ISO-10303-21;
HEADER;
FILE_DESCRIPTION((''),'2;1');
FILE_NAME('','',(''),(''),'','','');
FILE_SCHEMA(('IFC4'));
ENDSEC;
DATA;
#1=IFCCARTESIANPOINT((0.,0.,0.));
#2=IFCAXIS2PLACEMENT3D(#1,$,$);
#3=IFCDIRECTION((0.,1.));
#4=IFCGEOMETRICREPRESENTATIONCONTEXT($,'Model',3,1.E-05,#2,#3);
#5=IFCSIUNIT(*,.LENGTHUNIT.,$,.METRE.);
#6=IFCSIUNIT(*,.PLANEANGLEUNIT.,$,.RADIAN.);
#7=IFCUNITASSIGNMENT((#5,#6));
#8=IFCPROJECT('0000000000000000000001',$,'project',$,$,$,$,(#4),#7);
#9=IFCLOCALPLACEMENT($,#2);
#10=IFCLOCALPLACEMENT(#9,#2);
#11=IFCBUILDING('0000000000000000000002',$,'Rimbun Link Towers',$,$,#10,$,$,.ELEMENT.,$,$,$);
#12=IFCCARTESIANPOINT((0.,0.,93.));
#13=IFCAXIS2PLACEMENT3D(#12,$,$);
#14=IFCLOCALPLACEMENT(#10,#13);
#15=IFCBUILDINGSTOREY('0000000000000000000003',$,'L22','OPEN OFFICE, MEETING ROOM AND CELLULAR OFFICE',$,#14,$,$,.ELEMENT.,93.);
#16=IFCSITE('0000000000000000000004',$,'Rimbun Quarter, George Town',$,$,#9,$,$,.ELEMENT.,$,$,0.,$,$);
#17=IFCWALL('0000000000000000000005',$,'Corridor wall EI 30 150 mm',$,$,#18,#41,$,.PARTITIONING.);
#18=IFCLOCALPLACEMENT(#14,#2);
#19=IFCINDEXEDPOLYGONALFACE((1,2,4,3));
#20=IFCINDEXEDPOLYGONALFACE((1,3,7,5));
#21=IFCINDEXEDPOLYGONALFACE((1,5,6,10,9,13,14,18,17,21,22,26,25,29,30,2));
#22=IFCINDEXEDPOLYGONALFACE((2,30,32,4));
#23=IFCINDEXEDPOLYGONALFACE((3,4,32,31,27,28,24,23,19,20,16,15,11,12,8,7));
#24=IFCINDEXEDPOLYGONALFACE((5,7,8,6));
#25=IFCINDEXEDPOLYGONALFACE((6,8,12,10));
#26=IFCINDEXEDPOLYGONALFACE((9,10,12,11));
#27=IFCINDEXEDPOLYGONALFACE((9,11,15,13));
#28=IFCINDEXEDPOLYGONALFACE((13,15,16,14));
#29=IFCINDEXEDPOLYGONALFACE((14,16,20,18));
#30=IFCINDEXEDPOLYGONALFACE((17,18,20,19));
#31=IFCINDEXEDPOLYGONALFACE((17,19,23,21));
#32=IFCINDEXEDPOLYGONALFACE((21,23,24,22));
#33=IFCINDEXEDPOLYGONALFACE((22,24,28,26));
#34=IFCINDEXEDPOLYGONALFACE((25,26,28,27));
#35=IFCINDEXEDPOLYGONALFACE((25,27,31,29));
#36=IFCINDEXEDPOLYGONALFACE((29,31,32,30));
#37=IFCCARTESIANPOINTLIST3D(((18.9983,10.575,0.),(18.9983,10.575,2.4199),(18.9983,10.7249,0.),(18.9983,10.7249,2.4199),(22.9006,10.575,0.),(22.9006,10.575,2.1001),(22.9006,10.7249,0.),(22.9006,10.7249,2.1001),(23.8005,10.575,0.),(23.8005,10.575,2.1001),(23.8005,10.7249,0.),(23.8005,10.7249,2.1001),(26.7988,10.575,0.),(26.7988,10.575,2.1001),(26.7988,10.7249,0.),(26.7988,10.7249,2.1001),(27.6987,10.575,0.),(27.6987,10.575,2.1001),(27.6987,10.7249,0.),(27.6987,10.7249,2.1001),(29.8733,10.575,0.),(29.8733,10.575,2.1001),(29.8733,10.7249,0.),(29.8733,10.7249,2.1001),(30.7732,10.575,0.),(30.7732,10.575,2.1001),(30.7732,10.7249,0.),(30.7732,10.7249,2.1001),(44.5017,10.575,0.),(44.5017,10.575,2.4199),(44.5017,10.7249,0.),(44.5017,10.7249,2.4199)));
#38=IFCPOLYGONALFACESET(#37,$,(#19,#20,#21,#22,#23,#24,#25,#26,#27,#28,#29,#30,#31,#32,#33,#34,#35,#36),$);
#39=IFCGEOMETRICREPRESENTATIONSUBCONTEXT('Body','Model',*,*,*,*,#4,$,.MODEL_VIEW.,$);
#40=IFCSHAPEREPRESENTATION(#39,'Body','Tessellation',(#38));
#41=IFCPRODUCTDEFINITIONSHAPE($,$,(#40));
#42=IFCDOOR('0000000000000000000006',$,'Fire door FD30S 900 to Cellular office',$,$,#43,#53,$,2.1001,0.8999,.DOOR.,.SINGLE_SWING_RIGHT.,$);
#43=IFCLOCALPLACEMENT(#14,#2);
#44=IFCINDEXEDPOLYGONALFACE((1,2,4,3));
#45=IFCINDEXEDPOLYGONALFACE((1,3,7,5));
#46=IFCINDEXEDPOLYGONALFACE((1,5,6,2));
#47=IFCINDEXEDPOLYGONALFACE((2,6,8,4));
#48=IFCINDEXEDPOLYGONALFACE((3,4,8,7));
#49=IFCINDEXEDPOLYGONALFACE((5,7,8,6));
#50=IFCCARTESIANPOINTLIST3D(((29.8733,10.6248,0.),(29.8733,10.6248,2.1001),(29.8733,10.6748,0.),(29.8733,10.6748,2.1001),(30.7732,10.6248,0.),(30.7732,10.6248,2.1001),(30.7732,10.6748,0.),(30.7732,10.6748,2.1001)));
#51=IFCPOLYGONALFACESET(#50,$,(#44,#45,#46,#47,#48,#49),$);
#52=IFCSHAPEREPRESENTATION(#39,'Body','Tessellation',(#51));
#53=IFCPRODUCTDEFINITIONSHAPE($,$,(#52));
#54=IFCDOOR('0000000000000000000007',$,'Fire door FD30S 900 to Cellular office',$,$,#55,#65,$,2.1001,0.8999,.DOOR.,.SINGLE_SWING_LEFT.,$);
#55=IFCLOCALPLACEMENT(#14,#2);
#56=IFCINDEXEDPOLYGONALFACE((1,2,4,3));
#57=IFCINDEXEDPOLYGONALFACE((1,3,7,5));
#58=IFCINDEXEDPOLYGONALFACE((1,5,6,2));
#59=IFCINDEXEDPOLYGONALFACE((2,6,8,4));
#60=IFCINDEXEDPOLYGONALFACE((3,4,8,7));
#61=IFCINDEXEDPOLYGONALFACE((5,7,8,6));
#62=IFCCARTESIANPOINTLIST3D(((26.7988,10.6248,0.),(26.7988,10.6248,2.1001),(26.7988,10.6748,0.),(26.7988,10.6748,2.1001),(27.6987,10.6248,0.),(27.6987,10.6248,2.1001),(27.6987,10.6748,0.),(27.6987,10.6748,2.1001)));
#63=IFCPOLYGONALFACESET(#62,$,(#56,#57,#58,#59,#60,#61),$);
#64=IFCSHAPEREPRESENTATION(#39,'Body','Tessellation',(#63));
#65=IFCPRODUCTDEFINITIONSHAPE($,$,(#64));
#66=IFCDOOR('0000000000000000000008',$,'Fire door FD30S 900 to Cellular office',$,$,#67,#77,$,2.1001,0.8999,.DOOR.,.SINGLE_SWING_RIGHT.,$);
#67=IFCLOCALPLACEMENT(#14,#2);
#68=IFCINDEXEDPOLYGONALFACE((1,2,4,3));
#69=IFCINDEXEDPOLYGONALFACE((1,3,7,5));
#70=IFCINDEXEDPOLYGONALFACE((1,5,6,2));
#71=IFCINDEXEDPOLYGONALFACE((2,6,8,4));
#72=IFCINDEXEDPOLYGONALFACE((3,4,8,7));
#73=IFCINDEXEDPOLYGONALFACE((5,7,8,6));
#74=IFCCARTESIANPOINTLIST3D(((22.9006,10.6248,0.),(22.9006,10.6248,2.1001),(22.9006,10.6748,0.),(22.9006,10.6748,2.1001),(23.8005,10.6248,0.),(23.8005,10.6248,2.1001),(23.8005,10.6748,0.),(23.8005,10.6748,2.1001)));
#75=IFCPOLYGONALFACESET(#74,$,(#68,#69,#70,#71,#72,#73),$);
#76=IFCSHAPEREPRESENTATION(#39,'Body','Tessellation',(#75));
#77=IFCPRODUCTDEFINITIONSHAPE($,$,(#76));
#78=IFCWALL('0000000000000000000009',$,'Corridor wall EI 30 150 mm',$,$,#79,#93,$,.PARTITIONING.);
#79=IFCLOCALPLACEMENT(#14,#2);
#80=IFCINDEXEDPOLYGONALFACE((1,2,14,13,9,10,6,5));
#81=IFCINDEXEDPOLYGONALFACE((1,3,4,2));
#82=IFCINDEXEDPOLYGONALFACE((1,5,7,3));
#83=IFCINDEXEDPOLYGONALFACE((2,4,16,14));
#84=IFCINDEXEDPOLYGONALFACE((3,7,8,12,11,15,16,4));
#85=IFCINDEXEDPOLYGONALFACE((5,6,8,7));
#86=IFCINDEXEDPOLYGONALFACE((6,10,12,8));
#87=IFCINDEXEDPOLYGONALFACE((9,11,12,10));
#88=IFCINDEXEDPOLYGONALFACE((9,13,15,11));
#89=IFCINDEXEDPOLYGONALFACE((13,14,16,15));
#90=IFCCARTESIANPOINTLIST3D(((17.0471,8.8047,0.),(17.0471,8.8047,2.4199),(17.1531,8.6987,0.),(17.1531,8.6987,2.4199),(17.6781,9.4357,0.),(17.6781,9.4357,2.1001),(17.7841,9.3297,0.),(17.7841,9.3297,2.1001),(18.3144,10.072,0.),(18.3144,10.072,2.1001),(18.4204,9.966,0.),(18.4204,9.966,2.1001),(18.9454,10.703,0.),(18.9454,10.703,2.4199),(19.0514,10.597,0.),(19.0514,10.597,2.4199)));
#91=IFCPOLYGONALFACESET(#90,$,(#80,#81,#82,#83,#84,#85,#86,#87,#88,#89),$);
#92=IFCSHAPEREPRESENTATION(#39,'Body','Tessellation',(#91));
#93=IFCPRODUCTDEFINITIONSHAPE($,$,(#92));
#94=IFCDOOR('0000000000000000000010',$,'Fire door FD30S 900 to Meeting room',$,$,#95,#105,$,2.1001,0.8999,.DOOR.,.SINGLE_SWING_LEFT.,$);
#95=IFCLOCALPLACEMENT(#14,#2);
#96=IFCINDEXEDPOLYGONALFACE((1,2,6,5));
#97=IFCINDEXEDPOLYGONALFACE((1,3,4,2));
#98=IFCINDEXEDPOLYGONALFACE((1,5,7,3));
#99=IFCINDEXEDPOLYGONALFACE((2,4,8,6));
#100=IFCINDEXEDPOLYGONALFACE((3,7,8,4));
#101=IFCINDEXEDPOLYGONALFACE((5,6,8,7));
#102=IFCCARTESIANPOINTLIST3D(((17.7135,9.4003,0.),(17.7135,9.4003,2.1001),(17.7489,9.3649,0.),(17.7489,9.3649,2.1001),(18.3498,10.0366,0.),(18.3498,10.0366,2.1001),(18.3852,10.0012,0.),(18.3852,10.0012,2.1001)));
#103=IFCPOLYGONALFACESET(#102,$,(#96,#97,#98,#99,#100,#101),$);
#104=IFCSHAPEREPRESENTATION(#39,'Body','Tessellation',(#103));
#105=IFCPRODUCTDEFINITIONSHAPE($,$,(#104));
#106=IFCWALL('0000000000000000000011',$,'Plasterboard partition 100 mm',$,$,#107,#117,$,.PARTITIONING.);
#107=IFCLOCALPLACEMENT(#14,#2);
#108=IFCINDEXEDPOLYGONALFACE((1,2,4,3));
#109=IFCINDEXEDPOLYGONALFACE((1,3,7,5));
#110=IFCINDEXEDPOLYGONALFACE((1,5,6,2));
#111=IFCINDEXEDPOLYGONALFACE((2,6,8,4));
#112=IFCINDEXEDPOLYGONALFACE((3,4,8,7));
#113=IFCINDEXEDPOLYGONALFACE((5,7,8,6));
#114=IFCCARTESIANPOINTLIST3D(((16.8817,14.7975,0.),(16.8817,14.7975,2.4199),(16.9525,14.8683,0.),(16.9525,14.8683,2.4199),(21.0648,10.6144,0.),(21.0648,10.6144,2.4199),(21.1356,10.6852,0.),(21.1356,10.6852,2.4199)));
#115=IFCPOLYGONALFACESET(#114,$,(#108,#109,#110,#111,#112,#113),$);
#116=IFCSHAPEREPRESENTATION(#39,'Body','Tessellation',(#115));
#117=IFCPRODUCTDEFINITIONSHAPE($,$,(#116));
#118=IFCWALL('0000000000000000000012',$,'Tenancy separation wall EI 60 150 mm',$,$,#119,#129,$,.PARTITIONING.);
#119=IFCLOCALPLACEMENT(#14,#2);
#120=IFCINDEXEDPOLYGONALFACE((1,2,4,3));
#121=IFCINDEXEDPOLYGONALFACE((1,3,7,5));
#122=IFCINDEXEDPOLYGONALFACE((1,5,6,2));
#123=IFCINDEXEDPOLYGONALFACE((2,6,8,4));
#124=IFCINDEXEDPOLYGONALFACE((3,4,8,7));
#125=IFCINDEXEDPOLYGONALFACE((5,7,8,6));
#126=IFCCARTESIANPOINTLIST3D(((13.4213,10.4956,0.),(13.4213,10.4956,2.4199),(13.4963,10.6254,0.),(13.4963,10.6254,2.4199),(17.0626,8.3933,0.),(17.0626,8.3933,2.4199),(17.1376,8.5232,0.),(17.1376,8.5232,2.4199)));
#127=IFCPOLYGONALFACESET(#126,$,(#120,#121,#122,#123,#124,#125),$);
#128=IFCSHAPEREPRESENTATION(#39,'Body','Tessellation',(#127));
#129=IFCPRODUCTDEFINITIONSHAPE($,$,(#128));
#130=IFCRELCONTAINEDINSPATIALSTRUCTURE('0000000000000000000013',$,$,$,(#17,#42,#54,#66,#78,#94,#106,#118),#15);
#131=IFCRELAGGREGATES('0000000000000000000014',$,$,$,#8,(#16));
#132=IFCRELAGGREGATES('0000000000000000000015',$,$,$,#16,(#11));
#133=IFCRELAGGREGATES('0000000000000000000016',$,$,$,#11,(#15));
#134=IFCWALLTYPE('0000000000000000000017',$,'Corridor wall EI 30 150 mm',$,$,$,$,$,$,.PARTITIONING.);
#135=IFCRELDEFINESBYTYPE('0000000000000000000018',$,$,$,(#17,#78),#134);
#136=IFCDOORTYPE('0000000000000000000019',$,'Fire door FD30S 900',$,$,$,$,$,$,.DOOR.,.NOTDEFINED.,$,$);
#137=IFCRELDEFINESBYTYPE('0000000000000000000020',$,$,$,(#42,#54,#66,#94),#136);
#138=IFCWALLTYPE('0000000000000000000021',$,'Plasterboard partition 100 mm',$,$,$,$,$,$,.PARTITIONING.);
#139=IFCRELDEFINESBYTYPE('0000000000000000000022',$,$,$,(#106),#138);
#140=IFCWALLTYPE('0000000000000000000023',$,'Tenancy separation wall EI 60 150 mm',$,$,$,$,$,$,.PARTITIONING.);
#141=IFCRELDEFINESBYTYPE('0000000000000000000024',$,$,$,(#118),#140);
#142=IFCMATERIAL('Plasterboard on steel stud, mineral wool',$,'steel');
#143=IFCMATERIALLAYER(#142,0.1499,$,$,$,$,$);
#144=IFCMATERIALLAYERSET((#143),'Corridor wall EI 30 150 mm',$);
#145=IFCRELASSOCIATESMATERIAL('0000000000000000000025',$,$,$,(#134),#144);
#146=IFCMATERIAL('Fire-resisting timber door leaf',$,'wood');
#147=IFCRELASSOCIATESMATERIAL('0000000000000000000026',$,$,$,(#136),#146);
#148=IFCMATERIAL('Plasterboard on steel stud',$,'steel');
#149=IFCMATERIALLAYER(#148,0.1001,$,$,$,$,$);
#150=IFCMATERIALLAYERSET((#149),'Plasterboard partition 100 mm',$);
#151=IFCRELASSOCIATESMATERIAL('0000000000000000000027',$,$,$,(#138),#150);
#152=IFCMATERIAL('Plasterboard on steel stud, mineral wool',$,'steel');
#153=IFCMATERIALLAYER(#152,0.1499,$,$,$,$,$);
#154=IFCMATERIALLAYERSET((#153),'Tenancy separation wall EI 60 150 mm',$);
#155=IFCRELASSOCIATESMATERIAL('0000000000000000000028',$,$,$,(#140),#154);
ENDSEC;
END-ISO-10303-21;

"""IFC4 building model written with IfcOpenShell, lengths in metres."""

from ifc_helpers import new_model, si_unit, direction, frame, frame_2d, origin, place, context, subcontext, project, spatial, rectangle, extrude, material, layer, layer_set, type_object, element, fill, save


model = new_model("IFC4")

# Units and contexts
model_context = context("Model", 3, precision=1e-05, world=origin(), true_north=direction((0.0, 1.0)))
body_context = subcontext(model_context, "Body", "Model", "MODEL_VIEW")
ifc_project = project(units=[si_unit("LENGTHUNIT", "METRE"), si_unit("PLANEANGLEUNIT", "RADIAN")], contexts=[model_context])

# Site, building, storey
site_placement = place(None, origin())
site = spatial("IfcSite", under=ifc_project, at=site_placement, Name="Rimbun Quarter, George Town", CompositionType="ELEMENT", RefElevation=0.0)
building_placement = place(site_placement, origin())
building = spatial("IfcBuilding", under=site, at=building_placement, Name="Rimbun Link Towers", CompositionType="ELEMENT")
storey_placement = place(building_placement, frame((0.0, 0.0, 93.0)))
storey = spatial("IfcBuildingStorey", under=building, at=storey_placement, Name="L22", Description="OPEN OFFICE, MEETING ROOM AND CELLULAR OFFICE", CompositionType="ELEMENT", Elevation=93.0)

# Wall, openings, doors
ifc_material_1 = material(Name="Plasterboard on steel stud, mineral wool", Category="steel")
ifc_layer_1 = layer(ifc_material_1, 0.1499)
ifc_layer_set_1 = layer_set([ifc_layer_1], Name="Corridor wall EI 30 150 mm")
wall_type_1 = type_object("IfcWallType", Name="Corridor wall EI 30 150 mm", PredefinedType="PARTITIONING", material=ifc_layer_set_1)
wall_1_placement = place(storey_placement, frame((18.9983, 10.6499, 0.0), z_axis=(0.0, 0.0, 1.0), x_axis=(1.0, 0.0, 0.0)))
wall_1 = element("IfcWall", 1, at=wall_1_placement, inside=storey, type_object=wall_type_1, Name="Corridor wall EI 30 150 mm", PredefinedType="PARTITIONING", context=body_context, shape_type="SweptSolid", body=[
    extrude(rectangle(XDim=25.5034, YDim=0.1499, at=frame_2d((12.7517, 0.0))), origin(), (0.0, 0.0, 1.0), 2.4199),
])
opening_1_placement = place(wall_1_placement, frame((10.875, 0.0, 0.0)))
opening_1 = element("IfcOpeningElement", 2, at=opening_1_placement, cuts=wall_1, PredefinedType="OPENING", context=body_context, shape_type="SweptSolid", body=[
    extrude(rectangle(XDim=0.8999, YDim=2.1001, at=frame_2d((0.45, 1.05))), frame((0.0, 0.085, 0.0), z_axis=(0.0, -1.0, 0.0), x_axis=(1.0, 0.0, 0.0)), (0.0, 0.0, 1.0), 0.1699),
])
opening_2_placement = place(wall_1_placement, frame((7.8005, 0.0, 0.0)))
opening_2 = element("IfcOpeningElement", 3, at=opening_2_placement, cuts=wall_1, PredefinedType="OPENING", context=body_context, shape_type="SweptSolid", body=[
    extrude(rectangle(XDim=0.8999, YDim=2.1001, at=frame_2d((0.45, 1.05))), frame((0.0, 0.085, 0.0), z_axis=(0.0, -1.0, 0.0), x_axis=(1.0, 0.0, 0.0)), (0.0, 0.0, 1.0), 0.1699),
])
opening_3_placement = place(wall_1_placement, frame((3.9023, 0.0, 0.0)))
opening_3 = element("IfcOpeningElement", 4, at=opening_3_placement, cuts=wall_1, PredefinedType="OPENING", context=body_context, shape_type="SweptSolid", body=[
    extrude(rectangle(XDim=0.8999, YDim=2.1001, at=frame_2d((0.45, 1.05))), frame((0.0, 0.085, 0.0), z_axis=(0.0, -1.0, 0.0), x_axis=(1.0, 0.0, 0.0)), (0.0, 0.0, 1.0), 0.1699),
])
ifc_material_2 = material(Name="Fire-resisting timber door leaf", Category="wood")
door_type = type_object("IfcDoorType", Name="Fire door FD30S 900", OperationType="NOTDEFINED", PredefinedType="DOOR", material=ifc_material_2)
door_1_placement = place(opening_1_placement, origin())
door_1 = element("IfcDoor", 5, at=door_1_placement, inside=storey, type_object=door_type, Name="Fire door FD30S 900 to Cellular office", OperationType="SINGLE_SWING_RIGHT", OverallHeight=2.1001, OverallWidth=0.8999, PredefinedType="DOOR", context=body_context, shape_type="SweptSolid", body=[
    extrude(rectangle(XDim=0.8999, YDim=2.1001, at=frame_2d((0.45, 1.05))), frame((0.0, 0.0249, 0.0), z_axis=(0.0, -1.0, 0.0), x_axis=(1.0, 0.0, 0.0)), (0.0, 0.0, 1.0), 0.05),
])
fill(opening_1, door_1)
door_2_placement = place(opening_2_placement, origin())
door_2 = element("IfcDoor", 6, at=door_2_placement, inside=storey, type_object=door_type, Name="Fire door FD30S 900 to Cellular office", OperationType="SINGLE_SWING_LEFT", OverallHeight=2.1001, OverallWidth=0.8999, PredefinedType="DOOR", context=body_context, shape_type="SweptSolid", body=[
    extrude(rectangle(XDim=0.8999, YDim=2.1001, at=frame_2d((0.45, 1.05))), frame((0.0, 0.0249, 0.0), z_axis=(0.0, -1.0, 0.0), x_axis=(1.0, 0.0, 0.0)), (0.0, 0.0, 1.0), 0.05),
])
fill(opening_2, door_2)
door_3_placement = place(opening_3_placement, origin())
door_3 = element("IfcDoor", 7, at=door_3_placement, inside=storey, type_object=door_type, Name="Fire door FD30S 900 to Cellular office", OperationType="SINGLE_SWING_RIGHT", OverallHeight=2.1001, OverallWidth=0.8999, PredefinedType="DOOR", context=body_context, shape_type="SweptSolid", body=[
    extrude(rectangle(XDim=0.8999, YDim=2.1001, at=frame_2d((0.45, 1.05))), frame((0.0, 0.0249, 0.0), z_axis=(0.0, -1.0, 0.0), x_axis=(1.0, 0.0, 0.0)), (0.0, 0.0, 1.0), 0.05),
])
fill(opening_3, door_3)

# Wall, opening, door
wall_2_placement = place(storey_placement, frame((17.1001, 8.7517, 0.0), z_axis=(0.0, 0.0, 1.0), x_axis=(0.707107, 0.707107, 0.0)))
wall_2 = element("IfcWall", 8, at=wall_2_placement, inside=storey, type_object=wall_type_1, Name="Corridor wall EI 30 150 mm", PredefinedType="PARTITIONING", context=body_context, shape_type="SweptSolid", body=[
    extrude(rectangle(XDim=2.6846, YDim=0.1499, at=frame_2d((1.3423, 0.0))), origin(), (0.0, 0.0, 1.0), 2.4199),
])
opening_4_placement = place(wall_2_placement, frame((0.8923, 0.0, 0.0)))
opening_4 = element("IfcOpeningElement", 9, at=opening_4_placement, cuts=wall_2, PredefinedType="OPENING", context=body_context, shape_type="SweptSolid", body=[
    extrude(rectangle(XDim=0.8999, YDim=2.1001, at=frame_2d((0.45, 1.05))), frame((0.0, 0.085, 0.0), z_axis=(0.0, -1.0, 0.0), x_axis=(1.0, 0.0, 0.0)), (0.0, 0.0, 1.0), 0.1699),
])
door_4_placement = place(opening_4_placement, origin())
door_4 = element("IfcDoor", 10, at=door_4_placement, inside=storey, type_object=door_type, Name="Fire door FD30S 900 to Meeting room", OperationType="SINGLE_SWING_LEFT", OverallHeight=2.1001, OverallWidth=0.8999, PredefinedType="DOOR", context=body_context, shape_type="SweptSolid", body=[
    extrude(rectangle(XDim=0.8999, YDim=2.1001, at=frame_2d((0.45, 1.05))), frame((0.0, 0.0249, 0.0), z_axis=(0.0, -1.0, 0.0), x_axis=(1.0, 0.0, 0.0)), (0.0, 0.0, 1.0), 0.05),
])
fill(opening_4, door_4)

# Walls
ifc_material_3 = material(Name="Plasterboard on steel stud", Category="steel")
ifc_layer_2 = layer(ifc_material_3, 0.1001)
ifc_layer_set_2 = layer_set([ifc_layer_2], Name="Plasterboard partition 100 mm")
wall_type_2 = type_object("IfcWallType", Name="Plasterboard partition 100 mm", PredefinedType="PARTITIONING", material=ifc_layer_set_2)
wall_3_placement = place(storey_placement, frame((16.917, 14.833, 0.0), z_axis=(0.0, 0.0, 1.0), x_axis=(0.707107, -0.707107, 0.0)))
element("IfcWall", 11, at=wall_3_placement, inside=storey, type_object=wall_type_2, Name="Plasterboard partition 100 mm", PredefinedType="PARTITIONING", context=body_context, shape_type="SweptSolid", body=[
    extrude(rectangle(XDim=5.9158, YDim=0.1001, at=frame_2d((2.958, 0.0))), origin(), (0.0, 0.0, 1.0), 2.4199),
])
ifc_material_4 = material(Name="Plasterboard on steel stud, mineral wool", Category="steel")
ifc_layer_3 = layer(ifc_material_4, 0.1499)
ifc_layer_set_3 = layer_set([ifc_layer_3], Name="Tenancy separation wall EI 60 150 mm")
wall_type_3 = type_object("IfcWallType", Name="Tenancy separation wall EI 60 150 mm", PredefinedType="PARTITIONING", material=ifc_layer_set_3)
wall_4_placement = place(storey_placement, frame((17.1001, 8.4583, 0.0), z_axis=(0.0, 0.0, 1.0), x_axis=(-0.86603, 0.499992, 0.0)))
element("IfcWall", 12, at=wall_4_placement, inside=storey, type_object=wall_type_3, Name="Tenancy separation wall EI 60 150 mm", PredefinedType="PARTITIONING", context=body_context, shape_type="SweptSolid", body=[
    extrude(rectangle(XDim=4.2046, YDim=0.1499, at=frame_2d((2.1023, 0.0))), origin(), (0.0, 0.0, 1.0), 2.4199),
])

save(model, "model.ifc")
